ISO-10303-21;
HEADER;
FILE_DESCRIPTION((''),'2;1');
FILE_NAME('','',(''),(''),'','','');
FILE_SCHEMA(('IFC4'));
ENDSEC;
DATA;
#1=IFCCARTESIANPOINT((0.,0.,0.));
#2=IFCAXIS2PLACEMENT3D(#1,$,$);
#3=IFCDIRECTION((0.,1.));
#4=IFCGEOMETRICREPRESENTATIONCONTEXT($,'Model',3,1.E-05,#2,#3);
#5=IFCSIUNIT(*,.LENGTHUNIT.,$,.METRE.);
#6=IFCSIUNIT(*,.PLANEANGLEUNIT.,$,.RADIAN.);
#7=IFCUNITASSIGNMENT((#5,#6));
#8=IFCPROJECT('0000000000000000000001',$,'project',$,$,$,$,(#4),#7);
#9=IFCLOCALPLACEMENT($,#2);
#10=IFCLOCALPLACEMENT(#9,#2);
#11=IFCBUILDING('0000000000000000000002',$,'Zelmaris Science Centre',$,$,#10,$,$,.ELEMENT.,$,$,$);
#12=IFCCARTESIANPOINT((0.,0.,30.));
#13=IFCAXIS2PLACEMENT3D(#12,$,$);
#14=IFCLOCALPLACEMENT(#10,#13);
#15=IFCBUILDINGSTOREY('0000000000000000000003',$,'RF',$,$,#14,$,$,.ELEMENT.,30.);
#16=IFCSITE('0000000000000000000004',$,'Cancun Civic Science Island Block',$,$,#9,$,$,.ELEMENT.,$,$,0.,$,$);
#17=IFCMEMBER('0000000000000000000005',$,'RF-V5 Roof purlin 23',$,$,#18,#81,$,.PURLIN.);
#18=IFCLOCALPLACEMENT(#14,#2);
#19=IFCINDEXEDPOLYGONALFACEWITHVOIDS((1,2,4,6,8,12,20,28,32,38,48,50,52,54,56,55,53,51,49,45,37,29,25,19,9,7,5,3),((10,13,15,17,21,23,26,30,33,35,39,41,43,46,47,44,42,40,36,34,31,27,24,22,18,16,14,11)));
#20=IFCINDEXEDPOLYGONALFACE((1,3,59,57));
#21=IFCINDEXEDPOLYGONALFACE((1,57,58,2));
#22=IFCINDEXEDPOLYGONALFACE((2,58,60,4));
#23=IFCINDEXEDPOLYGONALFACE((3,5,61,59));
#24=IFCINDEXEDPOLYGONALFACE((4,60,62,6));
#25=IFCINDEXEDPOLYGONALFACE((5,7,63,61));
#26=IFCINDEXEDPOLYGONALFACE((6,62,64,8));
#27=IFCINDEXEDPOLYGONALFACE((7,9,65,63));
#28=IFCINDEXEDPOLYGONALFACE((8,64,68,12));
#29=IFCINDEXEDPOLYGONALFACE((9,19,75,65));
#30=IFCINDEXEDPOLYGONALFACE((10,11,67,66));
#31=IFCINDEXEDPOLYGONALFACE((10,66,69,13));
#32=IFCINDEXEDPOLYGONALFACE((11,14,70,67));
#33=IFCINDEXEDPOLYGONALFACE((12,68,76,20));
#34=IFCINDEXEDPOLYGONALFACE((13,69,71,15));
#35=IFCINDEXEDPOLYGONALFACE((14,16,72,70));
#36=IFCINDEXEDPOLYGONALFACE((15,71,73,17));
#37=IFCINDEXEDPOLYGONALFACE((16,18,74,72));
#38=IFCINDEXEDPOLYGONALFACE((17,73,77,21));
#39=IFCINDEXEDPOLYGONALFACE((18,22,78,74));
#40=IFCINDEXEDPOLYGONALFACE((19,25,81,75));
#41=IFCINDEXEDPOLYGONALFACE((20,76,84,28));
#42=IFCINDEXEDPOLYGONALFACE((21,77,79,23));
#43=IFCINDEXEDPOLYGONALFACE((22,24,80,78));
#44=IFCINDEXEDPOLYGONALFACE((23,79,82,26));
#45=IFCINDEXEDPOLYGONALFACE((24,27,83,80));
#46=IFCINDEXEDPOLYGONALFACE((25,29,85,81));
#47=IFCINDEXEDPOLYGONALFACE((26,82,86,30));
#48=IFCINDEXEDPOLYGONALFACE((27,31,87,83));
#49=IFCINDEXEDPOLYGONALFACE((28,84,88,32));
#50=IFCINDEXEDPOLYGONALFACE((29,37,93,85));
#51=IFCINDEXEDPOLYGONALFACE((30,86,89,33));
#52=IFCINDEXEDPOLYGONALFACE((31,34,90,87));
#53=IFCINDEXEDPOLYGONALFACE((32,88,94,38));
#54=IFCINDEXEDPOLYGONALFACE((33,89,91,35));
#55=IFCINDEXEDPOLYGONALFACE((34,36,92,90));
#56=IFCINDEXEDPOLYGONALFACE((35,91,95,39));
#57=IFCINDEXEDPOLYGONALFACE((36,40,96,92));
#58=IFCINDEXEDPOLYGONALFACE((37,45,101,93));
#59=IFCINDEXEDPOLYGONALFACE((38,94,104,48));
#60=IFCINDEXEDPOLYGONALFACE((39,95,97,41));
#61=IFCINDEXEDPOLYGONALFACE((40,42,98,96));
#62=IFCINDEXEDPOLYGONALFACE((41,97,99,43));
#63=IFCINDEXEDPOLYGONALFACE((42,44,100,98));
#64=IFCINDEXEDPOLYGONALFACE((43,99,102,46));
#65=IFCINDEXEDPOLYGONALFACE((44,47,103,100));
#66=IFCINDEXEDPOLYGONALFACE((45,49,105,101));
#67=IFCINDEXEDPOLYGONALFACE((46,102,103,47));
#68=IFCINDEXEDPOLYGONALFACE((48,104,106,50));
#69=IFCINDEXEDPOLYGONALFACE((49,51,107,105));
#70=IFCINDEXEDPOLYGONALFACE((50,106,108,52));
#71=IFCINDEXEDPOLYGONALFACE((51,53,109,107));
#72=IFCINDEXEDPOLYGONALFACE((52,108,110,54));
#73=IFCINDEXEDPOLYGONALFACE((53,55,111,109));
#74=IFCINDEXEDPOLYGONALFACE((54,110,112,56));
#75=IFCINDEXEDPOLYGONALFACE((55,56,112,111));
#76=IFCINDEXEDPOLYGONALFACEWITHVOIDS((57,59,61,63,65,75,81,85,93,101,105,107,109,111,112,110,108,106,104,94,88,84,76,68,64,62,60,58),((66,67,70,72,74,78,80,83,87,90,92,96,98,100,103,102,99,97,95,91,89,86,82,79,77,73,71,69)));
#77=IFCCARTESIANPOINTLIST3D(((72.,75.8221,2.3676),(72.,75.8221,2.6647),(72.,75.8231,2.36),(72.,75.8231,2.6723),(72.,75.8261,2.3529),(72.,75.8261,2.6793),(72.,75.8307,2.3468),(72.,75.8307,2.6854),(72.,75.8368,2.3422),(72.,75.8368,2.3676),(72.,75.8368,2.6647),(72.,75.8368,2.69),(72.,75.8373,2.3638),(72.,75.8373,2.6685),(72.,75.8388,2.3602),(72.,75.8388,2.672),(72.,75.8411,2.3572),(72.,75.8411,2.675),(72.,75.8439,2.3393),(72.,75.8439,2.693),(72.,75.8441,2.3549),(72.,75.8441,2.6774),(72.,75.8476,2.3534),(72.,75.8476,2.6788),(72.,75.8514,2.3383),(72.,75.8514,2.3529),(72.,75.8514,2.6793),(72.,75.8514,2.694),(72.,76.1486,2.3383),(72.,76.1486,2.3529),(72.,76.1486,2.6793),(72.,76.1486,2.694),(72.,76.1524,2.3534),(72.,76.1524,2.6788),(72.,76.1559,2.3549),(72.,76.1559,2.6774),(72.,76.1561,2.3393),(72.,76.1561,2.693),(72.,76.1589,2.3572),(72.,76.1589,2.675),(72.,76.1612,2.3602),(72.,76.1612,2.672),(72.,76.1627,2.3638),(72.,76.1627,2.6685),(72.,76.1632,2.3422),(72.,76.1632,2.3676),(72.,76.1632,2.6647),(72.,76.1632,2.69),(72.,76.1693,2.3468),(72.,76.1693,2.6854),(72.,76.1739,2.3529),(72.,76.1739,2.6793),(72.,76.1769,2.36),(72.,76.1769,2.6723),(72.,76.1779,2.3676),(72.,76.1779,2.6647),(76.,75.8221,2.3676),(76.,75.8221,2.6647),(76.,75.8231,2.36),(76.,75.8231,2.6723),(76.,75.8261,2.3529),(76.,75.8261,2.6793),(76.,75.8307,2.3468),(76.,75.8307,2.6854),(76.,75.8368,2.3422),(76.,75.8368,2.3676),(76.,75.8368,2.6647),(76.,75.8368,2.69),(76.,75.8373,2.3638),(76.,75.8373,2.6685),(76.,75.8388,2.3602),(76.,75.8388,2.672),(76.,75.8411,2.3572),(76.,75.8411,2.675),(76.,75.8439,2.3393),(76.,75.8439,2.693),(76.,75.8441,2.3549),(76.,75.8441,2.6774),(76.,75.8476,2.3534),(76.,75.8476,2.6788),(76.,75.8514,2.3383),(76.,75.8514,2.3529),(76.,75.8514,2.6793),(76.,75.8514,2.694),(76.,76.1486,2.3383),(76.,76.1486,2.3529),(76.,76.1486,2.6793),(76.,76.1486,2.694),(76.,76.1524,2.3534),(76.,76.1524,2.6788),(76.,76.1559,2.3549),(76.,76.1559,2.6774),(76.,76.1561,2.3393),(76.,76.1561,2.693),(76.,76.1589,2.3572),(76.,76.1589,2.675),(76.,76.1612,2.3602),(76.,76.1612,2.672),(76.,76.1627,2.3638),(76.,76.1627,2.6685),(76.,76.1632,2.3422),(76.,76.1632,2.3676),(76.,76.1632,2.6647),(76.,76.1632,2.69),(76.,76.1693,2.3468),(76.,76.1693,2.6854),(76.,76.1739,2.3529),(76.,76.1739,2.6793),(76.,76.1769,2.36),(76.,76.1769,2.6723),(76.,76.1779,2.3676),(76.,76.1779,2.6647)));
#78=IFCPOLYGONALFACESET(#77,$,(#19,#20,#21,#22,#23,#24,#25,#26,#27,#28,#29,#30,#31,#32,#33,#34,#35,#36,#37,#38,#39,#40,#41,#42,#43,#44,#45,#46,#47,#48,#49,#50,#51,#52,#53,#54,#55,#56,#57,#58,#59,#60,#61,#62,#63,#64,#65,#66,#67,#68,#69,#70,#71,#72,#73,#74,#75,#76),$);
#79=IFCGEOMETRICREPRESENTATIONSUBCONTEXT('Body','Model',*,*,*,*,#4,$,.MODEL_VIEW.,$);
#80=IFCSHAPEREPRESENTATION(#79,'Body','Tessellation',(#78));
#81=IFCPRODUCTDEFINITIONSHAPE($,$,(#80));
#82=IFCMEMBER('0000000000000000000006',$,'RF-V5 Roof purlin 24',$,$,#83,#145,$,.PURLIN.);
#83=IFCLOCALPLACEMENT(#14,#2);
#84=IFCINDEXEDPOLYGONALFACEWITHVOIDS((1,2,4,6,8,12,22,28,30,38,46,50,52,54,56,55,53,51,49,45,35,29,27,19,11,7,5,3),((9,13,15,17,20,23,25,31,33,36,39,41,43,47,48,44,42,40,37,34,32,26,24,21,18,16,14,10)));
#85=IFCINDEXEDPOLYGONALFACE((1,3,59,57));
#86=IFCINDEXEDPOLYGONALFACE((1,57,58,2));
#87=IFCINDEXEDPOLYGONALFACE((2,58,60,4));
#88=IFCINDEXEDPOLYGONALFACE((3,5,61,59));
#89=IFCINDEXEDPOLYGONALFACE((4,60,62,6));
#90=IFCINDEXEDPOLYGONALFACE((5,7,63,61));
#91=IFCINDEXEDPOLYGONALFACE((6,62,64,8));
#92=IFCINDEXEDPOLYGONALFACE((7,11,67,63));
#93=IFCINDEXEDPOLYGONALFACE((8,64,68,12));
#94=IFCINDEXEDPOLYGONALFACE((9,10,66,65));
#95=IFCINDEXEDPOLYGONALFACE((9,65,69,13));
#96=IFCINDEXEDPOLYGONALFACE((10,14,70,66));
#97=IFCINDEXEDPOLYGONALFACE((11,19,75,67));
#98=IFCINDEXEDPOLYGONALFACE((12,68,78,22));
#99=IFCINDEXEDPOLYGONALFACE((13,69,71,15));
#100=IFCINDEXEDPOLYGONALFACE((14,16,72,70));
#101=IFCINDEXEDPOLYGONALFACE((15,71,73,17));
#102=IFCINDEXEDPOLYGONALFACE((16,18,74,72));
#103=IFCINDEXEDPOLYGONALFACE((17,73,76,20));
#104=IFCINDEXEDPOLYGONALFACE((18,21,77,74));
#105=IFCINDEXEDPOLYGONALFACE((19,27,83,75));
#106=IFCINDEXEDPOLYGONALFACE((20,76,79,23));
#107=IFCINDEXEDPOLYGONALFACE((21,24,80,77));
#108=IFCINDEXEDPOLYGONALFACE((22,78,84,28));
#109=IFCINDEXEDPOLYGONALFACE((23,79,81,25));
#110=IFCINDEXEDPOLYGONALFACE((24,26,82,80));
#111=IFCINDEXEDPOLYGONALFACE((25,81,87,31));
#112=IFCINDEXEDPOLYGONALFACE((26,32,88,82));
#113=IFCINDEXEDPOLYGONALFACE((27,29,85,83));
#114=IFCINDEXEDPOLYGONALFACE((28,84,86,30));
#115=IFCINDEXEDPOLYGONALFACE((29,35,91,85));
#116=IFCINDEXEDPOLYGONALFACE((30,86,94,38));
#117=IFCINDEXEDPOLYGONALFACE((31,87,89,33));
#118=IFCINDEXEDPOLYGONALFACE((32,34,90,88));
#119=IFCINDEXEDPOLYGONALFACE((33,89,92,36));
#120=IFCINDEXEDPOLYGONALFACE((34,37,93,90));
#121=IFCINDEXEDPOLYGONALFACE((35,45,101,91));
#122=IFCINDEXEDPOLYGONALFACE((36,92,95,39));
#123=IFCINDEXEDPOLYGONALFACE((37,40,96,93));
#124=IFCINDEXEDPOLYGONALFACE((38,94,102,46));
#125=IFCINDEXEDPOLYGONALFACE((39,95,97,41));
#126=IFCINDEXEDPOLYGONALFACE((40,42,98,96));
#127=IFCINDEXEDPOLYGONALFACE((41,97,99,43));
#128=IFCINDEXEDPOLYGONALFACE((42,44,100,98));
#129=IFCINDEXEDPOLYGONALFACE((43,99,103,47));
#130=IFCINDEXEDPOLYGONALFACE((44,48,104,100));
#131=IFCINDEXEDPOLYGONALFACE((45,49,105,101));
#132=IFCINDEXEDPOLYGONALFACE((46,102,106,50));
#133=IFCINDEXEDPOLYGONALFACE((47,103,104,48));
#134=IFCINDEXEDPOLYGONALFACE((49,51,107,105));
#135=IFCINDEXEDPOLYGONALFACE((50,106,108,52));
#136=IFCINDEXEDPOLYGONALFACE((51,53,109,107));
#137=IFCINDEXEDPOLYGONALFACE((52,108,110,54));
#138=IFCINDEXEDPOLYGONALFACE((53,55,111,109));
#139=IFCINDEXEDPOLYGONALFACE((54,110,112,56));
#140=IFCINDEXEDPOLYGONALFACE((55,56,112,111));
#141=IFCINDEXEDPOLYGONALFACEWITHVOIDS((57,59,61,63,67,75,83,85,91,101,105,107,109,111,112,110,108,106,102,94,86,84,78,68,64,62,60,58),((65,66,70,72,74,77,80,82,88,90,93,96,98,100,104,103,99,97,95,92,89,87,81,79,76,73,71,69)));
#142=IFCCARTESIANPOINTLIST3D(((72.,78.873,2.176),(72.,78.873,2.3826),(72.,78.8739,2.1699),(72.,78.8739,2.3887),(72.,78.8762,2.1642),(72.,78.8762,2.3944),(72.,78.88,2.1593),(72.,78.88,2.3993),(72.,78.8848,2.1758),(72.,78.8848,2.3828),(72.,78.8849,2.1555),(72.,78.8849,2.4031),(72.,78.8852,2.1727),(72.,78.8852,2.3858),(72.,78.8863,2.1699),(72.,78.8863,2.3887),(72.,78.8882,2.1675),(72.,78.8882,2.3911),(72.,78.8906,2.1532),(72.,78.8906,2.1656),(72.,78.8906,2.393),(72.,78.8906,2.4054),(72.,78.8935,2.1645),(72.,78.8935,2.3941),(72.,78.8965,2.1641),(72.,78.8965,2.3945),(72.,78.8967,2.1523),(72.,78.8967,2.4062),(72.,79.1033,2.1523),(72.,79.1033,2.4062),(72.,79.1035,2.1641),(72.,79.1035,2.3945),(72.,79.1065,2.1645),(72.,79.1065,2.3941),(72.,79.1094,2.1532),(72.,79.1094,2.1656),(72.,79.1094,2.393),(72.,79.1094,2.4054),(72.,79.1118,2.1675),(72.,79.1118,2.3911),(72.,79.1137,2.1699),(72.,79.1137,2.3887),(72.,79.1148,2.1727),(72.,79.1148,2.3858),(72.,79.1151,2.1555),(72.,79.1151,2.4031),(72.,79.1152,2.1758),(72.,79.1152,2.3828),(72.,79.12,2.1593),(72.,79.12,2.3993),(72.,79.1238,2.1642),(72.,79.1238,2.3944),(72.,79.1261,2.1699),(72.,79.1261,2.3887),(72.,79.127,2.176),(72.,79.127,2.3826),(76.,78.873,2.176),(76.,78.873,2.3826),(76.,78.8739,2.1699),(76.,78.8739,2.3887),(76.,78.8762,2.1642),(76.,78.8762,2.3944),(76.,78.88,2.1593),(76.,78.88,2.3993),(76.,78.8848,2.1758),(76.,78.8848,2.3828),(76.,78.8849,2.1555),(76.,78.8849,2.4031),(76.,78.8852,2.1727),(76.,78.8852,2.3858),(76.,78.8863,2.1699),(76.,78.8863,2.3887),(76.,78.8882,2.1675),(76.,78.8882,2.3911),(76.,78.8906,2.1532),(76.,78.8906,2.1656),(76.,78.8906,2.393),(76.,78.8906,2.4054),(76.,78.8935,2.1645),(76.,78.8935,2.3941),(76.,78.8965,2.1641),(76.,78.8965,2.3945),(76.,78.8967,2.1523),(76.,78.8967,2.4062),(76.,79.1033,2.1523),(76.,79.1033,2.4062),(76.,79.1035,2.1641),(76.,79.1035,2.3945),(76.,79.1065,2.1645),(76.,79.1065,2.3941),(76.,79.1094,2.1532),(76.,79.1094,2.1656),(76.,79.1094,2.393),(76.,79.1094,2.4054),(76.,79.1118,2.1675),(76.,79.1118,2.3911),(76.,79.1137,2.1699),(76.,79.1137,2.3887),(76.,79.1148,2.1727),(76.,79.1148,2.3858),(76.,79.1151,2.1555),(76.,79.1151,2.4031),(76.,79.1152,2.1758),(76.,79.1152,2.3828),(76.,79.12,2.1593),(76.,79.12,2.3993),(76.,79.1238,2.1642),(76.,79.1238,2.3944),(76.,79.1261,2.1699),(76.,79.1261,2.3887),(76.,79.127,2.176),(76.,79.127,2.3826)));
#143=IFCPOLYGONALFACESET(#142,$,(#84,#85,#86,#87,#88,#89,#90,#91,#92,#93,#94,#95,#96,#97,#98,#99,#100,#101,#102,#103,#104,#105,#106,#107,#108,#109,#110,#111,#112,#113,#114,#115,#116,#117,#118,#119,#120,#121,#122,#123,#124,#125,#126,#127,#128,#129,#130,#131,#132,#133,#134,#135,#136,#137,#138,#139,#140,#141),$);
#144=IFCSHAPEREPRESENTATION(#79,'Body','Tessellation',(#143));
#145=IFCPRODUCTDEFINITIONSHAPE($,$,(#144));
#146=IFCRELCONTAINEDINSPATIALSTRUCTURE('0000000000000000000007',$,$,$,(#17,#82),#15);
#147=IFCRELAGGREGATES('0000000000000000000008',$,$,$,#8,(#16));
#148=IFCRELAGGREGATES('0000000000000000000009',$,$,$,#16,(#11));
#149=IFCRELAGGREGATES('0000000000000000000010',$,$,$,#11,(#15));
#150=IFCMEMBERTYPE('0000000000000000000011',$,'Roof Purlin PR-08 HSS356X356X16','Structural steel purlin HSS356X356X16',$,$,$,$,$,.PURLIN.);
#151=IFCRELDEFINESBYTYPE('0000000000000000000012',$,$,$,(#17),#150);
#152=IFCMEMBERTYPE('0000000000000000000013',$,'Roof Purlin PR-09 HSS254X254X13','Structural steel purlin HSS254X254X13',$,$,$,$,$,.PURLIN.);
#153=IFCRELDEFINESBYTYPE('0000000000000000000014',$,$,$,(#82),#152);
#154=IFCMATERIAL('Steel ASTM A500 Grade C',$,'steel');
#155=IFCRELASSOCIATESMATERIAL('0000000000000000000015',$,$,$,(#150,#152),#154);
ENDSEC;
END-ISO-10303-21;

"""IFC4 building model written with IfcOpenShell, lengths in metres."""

from ifc_helpers import new_model, si_unit, direction, frame, origin, origin_2d, place, context, subcontext, project, spatial, hollow_rectangle, extrude, material, material_profile, profile_set, type_object, element, save


model = new_model("IFC4")

# Units and contexts
model_context = context("Model", 3, precision=1e-05, world=origin(), true_north=direction((0.0, 1.0)))
body_context = subcontext(model_context, "Body", "Model", "MODEL_VIEW")
ifc_project = project(units=[si_unit("LENGTHUNIT", "METRE"), si_unit("PLANEANGLEUNIT", "RADIAN")], contexts=[model_context])

# Site, building, storey
site_placement = place(None, origin())
site = spatial("IfcSite", under=ifc_project, at=site_placement, Name="Cancun Civic Science Island Block", CompositionType="ELEMENT", RefElevation=0.0)
building_placement = place(site_placement, origin())
building = spatial("IfcBuilding", under=site, at=building_placement, Name="Zelmaris Science Centre", CompositionType="ELEMENT")
storey_placement = place(building_placement, frame((0.0, 0.0, 30.0)))
storey = spatial("IfcBuildingStorey", under=building, at=storey_placement, Name="RF", CompositionType="ELEMENT", Elevation=30.0)

# Shared definitions
ifc_material = material(Name="Steel ASTM A500 Grade C", Category="steel")

# Members
ifc_material_profile_1 = material_profile(ifc_material, hollow_rectangle(XDim=0.3557, YDim=0.3557, WallThickness=0.0146, InnerFilletRadius=0.0146, OuterFilletRadius=0.0293, at=origin_2d()), Name="HSS356X356X16")
ifc_profile_set_1 = profile_set([ifc_material_profile_1], Name="Steel ASTM A500 Grade C")
member_type_1 = type_object("IfcMemberType", Name="Roof Purlin PR-08 HSS356X356X16", Description="Structural steel purlin HSS356X356X16", PredefinedType="PURLIN", material=ifc_profile_set_1)
member_1_placement = place(storey_placement, frame((72.0, 76.0, 2.5161), z_axis=(1.0, 0.0, 0.0), x_axis=(0.0, 1.0, 0.0)))
element("IfcMember", 1, at=member_1_placement, inside=storey, type_object=member_type_1, Name="RF-V5 Roof purlin 23", PredefinedType="PURLIN", context=body_context, shape_type="SweptSolid", body=[
    extrude(hollow_rectangle(XDim=0.3557, YDim=0.3557, WallThickness=0.0146, InnerFilletRadius=0.0146, OuterFilletRadius=0.0293, at=origin_2d()), origin(), (0.0, 0.0, 1.0), 4.0),
])
ifc_material_profile_2 = material_profile(ifc_material, hollow_rectangle(XDim=0.2539, YDim=0.2539, WallThickness=0.0117, InnerFilletRadius=0.0117, OuterFilletRadius=0.0237, at=origin_2d()), Name="HSS254X254X13")
ifc_profile_set_2 = profile_set([ifc_material_profile_2], Name="Steel ASTM A500 Grade C")
member_type_2 = type_object("IfcMemberType", Name="Roof Purlin PR-09 HSS254X254X13", Description="Structural steel purlin HSS254X254X13", PredefinedType="PURLIN", material=ifc_profile_set_2)
member_2_placement = place(storey_placement, frame((72.0, 79.0, 2.2793), z_axis=(1.0, 0.0, 0.0), x_axis=(0.0, 1.0, 0.0)))
element("IfcMember", 2, at=member_2_placement, inside=storey, type_object=member_type_2, Name="RF-V5 Roof purlin 24", PredefinedType="PURLIN", context=body_context, shape_type="SweptSolid", body=[
    extrude(hollow_rectangle(XDim=0.2539, YDim=0.2539, WallThickness=0.0117, InnerFilletRadius=0.0117, OuterFilletRadius=0.0237, at=origin_2d()), origin(), (0.0, 0.0, 1.0), 4.0),
])

save(model, "model.ifc")
